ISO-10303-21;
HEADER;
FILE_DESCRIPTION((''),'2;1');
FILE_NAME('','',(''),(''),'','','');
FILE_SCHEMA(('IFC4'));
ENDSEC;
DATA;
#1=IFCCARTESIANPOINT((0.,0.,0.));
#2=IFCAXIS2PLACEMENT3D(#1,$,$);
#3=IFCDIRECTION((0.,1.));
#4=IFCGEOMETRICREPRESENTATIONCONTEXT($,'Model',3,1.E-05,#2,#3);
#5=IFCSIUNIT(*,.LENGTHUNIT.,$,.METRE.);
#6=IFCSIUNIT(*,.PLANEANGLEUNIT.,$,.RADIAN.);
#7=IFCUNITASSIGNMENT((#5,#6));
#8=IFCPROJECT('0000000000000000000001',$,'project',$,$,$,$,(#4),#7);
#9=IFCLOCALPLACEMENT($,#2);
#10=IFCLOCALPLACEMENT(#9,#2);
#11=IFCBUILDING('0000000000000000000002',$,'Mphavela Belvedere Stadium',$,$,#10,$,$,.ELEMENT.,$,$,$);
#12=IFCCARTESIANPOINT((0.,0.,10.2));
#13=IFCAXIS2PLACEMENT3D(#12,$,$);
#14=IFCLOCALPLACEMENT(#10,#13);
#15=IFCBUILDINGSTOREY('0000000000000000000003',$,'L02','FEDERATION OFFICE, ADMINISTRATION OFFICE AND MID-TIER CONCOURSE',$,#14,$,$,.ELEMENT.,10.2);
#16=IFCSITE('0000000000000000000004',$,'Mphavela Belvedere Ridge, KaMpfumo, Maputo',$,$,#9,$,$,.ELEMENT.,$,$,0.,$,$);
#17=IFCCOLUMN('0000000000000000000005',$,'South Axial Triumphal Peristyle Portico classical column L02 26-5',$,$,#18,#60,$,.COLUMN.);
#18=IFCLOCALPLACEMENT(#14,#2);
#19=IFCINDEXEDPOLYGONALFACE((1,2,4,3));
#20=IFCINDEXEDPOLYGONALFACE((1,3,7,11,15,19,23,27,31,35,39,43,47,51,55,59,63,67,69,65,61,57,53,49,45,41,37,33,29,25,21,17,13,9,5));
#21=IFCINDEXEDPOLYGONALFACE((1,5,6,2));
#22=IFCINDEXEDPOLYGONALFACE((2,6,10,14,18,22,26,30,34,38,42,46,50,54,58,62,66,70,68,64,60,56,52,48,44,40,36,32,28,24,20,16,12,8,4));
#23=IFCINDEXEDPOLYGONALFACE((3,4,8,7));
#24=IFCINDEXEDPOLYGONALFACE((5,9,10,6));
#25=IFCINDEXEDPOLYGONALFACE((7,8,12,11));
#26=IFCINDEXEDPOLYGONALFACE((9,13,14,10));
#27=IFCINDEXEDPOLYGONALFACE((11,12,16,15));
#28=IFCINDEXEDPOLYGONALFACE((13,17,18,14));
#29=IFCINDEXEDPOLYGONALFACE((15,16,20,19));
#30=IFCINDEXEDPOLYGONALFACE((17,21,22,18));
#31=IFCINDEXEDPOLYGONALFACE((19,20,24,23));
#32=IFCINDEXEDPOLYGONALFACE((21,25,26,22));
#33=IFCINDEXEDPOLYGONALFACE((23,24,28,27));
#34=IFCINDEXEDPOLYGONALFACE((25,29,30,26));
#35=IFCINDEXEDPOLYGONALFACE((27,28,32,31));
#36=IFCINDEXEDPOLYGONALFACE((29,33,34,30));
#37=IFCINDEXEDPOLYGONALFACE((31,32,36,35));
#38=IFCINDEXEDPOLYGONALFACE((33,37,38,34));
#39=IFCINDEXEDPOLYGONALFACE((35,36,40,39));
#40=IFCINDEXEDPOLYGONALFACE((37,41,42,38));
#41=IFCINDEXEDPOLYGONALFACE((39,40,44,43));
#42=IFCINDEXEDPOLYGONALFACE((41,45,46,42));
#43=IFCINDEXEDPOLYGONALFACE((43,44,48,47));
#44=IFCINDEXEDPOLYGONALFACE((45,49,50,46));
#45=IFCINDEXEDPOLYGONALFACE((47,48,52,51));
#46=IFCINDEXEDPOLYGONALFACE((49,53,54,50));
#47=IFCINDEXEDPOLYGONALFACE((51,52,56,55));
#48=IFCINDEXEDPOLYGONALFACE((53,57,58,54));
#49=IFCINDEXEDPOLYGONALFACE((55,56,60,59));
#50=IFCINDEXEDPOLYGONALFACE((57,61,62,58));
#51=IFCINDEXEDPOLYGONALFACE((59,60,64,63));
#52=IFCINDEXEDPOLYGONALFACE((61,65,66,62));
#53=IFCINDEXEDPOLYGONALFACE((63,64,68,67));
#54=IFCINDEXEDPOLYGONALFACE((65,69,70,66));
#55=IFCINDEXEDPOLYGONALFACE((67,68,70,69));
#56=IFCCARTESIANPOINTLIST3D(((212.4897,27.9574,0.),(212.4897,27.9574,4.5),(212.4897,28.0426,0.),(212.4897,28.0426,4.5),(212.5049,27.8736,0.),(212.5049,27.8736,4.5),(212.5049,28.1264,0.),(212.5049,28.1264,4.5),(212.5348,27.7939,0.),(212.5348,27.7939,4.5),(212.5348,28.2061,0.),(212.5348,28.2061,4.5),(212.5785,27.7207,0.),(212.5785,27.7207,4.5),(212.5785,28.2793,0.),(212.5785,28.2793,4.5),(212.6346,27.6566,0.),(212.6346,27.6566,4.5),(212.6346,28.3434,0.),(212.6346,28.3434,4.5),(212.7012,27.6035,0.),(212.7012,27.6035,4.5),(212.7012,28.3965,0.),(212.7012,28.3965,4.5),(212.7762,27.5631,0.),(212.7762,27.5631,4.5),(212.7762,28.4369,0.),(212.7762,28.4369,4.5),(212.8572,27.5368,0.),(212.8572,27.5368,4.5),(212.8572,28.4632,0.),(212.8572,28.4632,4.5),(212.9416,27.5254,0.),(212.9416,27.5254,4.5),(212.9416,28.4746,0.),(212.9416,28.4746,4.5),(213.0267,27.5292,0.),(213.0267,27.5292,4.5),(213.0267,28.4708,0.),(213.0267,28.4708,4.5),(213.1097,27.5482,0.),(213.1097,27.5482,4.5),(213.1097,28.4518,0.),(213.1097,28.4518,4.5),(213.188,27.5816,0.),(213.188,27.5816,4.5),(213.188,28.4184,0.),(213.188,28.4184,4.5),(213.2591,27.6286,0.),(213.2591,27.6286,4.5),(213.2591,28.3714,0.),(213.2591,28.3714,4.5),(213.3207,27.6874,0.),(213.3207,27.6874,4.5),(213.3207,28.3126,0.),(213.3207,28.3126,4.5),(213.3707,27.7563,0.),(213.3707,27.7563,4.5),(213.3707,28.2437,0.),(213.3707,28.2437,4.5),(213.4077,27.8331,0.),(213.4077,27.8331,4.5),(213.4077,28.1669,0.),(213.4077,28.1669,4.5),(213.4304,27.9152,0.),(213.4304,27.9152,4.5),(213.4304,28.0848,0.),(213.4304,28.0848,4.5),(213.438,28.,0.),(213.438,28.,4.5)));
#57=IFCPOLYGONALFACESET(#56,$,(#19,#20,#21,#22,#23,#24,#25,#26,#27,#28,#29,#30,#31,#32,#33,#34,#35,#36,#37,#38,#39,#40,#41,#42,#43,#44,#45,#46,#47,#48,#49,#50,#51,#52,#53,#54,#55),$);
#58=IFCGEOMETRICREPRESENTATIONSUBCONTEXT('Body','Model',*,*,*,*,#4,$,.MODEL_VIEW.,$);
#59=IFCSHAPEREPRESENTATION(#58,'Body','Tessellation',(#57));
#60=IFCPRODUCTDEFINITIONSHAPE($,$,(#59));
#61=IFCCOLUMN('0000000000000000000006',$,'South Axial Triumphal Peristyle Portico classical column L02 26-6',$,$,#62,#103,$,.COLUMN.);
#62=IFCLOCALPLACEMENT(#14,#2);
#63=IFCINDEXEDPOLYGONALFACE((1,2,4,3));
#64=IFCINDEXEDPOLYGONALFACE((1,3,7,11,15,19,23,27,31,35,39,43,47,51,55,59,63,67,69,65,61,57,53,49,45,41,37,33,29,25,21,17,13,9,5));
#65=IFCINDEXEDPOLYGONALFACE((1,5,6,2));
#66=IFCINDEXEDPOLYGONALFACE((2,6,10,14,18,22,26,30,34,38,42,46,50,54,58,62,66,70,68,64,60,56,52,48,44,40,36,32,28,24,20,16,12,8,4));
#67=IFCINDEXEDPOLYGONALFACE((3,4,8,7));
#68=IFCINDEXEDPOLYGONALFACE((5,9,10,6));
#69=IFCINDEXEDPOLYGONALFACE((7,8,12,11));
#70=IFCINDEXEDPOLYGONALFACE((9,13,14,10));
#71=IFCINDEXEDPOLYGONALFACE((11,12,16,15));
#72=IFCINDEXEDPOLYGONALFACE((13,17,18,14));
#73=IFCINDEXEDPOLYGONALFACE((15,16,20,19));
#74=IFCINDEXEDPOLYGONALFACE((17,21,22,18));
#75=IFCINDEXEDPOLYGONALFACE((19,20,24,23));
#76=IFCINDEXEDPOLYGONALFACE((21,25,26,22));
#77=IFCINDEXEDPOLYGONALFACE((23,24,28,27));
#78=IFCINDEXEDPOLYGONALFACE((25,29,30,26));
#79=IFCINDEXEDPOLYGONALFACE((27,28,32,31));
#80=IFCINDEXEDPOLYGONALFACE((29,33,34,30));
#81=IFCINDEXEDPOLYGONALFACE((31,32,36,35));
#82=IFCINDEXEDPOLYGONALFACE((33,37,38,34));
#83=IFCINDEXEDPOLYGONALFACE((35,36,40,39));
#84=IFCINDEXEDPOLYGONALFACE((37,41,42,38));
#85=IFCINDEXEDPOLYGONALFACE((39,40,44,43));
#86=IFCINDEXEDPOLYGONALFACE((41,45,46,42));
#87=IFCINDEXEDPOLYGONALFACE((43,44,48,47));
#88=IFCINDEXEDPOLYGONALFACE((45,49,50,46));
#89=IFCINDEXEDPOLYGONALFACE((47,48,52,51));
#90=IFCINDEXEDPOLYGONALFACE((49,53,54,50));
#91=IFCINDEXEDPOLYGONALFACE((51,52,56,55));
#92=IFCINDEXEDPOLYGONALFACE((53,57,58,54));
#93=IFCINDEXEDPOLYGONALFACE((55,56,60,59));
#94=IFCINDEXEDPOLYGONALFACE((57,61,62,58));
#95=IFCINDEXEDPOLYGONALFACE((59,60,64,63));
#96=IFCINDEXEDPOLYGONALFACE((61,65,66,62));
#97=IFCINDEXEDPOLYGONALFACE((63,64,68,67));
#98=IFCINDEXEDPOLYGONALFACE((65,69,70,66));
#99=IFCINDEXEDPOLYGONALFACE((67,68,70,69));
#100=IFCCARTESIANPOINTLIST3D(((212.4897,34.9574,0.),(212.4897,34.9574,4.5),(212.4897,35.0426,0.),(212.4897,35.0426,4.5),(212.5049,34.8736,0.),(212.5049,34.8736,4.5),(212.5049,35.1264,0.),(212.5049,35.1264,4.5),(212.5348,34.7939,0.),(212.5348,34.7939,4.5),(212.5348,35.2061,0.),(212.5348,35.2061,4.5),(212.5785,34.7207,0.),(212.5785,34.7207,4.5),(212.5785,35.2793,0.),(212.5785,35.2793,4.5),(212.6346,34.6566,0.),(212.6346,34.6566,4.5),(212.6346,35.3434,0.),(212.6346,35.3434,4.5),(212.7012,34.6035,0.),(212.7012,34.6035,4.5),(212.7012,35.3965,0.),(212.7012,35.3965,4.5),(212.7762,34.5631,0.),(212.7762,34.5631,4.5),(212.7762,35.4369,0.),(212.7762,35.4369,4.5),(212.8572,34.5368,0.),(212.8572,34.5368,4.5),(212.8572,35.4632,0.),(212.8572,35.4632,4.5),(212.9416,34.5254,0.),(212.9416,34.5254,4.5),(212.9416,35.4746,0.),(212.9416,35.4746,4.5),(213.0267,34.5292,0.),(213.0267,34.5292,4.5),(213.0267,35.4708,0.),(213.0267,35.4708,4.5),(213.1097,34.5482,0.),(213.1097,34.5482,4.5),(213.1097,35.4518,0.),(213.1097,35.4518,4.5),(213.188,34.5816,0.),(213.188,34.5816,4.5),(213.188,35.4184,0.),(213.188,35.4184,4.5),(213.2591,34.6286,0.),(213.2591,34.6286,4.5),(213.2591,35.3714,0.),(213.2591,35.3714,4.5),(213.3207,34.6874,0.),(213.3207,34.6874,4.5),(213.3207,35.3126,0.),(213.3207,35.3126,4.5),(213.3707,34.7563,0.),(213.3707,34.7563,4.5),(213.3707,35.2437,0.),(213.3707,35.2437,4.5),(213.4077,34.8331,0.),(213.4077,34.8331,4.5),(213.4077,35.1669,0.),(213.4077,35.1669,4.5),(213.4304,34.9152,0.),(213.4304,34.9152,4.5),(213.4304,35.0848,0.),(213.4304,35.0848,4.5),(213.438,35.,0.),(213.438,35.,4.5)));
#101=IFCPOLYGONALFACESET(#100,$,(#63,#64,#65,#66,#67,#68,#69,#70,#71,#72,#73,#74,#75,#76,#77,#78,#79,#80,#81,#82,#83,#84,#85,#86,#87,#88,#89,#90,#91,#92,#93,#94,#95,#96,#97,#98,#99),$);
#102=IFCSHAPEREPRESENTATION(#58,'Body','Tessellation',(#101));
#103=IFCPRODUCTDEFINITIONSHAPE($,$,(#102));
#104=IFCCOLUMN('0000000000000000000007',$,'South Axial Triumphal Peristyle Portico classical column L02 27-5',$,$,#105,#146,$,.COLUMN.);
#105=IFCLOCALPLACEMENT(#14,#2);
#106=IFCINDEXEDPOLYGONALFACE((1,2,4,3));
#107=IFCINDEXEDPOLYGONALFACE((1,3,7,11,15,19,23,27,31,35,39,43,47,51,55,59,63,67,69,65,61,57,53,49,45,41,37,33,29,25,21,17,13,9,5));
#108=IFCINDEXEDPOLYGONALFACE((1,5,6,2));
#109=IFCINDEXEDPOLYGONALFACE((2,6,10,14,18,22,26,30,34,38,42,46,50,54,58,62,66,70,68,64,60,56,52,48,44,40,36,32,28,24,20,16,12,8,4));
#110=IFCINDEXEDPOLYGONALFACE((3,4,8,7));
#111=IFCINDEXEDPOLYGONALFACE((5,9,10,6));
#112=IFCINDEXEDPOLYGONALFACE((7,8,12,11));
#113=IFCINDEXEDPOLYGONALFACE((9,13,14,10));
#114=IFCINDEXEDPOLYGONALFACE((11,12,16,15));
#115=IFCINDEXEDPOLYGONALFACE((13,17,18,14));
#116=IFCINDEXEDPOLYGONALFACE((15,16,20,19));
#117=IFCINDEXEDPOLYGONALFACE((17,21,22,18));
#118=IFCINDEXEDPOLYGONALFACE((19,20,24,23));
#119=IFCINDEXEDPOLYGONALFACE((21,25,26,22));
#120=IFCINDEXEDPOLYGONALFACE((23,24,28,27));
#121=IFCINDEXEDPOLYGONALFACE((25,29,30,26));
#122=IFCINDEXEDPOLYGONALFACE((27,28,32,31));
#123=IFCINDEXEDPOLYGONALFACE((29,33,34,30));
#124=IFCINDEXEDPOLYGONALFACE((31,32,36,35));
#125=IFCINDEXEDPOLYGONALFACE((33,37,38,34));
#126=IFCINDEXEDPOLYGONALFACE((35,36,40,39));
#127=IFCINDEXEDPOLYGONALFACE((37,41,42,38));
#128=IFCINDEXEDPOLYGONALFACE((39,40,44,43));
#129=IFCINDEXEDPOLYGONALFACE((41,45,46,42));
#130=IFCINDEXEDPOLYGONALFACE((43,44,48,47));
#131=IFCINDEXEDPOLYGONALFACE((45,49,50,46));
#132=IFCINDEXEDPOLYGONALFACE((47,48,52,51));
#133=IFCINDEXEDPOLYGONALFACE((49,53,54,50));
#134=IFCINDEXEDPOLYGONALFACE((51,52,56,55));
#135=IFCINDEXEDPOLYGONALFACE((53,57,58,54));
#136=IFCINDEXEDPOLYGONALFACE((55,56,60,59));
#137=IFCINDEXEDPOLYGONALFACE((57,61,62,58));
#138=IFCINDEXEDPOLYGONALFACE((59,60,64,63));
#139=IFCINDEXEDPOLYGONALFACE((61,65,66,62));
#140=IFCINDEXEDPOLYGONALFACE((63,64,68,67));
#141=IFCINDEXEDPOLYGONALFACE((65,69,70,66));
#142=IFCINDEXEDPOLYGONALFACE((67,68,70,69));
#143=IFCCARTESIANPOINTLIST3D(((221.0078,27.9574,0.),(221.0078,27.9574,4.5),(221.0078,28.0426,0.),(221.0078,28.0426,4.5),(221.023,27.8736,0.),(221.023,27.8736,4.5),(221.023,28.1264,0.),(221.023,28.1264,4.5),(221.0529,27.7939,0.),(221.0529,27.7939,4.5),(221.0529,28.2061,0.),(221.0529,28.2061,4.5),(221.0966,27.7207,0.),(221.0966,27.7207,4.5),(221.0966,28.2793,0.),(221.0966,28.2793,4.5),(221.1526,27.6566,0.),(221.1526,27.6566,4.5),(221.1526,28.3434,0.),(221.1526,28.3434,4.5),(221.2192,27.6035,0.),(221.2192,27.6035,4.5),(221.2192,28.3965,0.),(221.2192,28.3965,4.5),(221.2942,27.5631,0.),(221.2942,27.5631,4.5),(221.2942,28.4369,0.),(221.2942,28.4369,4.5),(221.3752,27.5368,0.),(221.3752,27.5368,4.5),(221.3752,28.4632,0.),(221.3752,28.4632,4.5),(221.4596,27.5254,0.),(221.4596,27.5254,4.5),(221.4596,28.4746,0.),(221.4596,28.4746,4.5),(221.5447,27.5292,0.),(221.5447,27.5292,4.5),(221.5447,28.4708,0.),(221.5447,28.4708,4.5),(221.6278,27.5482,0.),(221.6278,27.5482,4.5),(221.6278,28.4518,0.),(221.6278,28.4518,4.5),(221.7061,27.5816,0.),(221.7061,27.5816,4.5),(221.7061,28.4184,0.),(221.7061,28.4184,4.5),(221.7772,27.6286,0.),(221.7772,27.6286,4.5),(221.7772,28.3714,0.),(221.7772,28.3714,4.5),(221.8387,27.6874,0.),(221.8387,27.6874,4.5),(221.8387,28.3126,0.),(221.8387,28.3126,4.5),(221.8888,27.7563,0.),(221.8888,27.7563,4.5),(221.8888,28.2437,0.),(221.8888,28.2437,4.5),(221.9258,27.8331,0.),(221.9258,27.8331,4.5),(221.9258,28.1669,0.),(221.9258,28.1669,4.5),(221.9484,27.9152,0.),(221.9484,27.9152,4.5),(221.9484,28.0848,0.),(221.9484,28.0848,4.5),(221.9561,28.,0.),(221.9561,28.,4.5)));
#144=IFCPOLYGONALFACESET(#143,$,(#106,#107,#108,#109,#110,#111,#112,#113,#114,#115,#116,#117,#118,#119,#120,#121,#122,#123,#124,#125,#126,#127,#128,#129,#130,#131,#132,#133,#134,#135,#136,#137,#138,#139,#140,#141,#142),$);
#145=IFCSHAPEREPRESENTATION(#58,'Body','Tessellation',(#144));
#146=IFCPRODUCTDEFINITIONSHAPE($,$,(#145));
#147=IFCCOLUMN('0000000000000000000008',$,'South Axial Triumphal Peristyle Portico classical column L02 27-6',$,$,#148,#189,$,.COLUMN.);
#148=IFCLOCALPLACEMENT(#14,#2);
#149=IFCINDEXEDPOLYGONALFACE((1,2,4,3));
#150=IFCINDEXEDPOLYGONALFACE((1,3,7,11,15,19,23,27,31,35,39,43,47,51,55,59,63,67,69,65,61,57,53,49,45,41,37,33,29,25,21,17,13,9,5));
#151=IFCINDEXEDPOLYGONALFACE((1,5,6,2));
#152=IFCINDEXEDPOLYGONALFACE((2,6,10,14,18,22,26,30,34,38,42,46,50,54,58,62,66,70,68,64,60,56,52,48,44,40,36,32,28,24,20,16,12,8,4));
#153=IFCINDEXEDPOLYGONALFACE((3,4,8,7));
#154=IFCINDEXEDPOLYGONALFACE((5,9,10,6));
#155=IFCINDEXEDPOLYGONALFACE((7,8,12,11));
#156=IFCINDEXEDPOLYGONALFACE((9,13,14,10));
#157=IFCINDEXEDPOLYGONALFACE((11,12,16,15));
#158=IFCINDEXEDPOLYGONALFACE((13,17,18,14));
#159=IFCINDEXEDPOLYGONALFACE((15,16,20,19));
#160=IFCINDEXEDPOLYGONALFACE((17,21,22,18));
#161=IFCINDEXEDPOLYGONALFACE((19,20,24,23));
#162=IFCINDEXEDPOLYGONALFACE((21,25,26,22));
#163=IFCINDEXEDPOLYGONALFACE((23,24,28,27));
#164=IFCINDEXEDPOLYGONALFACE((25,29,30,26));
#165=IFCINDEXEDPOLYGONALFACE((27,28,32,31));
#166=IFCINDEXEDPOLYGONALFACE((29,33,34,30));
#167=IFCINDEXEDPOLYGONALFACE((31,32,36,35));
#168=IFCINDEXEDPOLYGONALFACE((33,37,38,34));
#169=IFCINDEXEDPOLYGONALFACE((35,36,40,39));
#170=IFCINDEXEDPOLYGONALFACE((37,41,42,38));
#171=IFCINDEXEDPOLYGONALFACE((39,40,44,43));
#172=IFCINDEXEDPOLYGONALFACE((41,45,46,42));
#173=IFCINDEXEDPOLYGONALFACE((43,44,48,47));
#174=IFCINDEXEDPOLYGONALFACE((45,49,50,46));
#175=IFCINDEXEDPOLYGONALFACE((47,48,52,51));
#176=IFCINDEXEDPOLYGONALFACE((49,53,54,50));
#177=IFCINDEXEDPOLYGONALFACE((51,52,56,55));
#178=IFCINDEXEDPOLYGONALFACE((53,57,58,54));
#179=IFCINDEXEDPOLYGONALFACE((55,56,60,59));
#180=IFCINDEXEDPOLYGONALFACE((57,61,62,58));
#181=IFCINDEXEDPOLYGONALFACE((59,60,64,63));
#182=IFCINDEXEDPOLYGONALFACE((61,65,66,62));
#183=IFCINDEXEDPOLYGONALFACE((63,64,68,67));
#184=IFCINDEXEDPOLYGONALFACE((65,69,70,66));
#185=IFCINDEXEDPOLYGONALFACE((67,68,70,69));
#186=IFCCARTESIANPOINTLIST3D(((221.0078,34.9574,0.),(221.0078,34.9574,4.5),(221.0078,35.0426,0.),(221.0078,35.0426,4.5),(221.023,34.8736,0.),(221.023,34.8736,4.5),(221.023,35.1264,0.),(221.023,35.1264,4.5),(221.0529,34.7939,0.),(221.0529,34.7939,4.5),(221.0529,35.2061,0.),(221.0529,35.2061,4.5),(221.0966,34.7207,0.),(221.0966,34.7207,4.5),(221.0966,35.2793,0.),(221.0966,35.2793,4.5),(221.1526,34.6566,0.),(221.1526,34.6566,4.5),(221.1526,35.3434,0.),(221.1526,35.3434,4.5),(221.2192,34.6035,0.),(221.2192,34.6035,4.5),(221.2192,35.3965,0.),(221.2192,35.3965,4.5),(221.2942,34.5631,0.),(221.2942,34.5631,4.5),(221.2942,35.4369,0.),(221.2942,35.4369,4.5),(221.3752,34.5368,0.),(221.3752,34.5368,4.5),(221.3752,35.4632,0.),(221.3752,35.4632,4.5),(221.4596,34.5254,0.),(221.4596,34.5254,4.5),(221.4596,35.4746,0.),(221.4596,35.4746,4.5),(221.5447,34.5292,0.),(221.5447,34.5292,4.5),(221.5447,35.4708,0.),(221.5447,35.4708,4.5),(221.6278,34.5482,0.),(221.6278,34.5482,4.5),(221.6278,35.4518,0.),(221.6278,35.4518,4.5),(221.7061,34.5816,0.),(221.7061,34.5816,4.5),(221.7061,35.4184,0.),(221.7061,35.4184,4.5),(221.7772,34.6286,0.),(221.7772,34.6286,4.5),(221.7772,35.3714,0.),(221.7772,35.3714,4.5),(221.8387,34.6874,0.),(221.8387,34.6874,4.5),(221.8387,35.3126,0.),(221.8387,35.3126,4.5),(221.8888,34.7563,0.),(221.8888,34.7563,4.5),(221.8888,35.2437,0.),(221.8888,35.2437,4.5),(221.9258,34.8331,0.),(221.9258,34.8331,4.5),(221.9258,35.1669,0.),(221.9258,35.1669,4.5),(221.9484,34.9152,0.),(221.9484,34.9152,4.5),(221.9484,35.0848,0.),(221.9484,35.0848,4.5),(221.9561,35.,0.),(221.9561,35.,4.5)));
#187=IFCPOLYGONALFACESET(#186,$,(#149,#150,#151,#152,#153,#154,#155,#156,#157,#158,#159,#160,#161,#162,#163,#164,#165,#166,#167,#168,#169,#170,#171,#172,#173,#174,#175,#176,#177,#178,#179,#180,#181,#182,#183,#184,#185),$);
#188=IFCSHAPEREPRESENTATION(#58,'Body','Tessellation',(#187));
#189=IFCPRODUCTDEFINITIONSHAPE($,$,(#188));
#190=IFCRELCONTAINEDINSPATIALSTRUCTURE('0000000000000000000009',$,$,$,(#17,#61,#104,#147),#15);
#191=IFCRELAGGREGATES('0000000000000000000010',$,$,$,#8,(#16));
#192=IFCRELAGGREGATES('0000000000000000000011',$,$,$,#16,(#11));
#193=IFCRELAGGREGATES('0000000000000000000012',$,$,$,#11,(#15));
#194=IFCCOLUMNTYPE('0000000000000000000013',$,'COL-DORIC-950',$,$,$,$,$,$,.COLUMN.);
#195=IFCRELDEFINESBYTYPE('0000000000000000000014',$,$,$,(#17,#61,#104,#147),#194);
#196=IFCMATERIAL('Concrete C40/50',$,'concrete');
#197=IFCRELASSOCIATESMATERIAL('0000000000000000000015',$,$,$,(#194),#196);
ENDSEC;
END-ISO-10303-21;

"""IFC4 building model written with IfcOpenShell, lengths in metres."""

from ifc_helpers import new_model, si_unit, direction, frame, origin, origin_2d, place, context, subcontext, project, spatial, circle, extrude, material, material_profile, profile_set, type_object, element, save


model = new_model("IFC4")

# Units and contexts
model_context = context("Model", 3, precision=1e-05, world=origin(), true_north=direction((0.0, 1.0)))
body_context = subcontext(model_context, "Body", "Model", "MODEL_VIEW")
ifc_project = project(units=[si_unit("LENGTHUNIT", "METRE"), si_unit("PLANEANGLEUNIT", "RADIAN")], contexts=[model_context])

# Site, building, storey
site_placement = place(None, origin())
site = spatial("IfcSite", under=ifc_project, at=site_placement, Name="Mphavela Belvedere Ridge, KaMpfumo, Maputo", CompositionType="ELEMENT", RefElevation=0.0)
building_placement = place(site_placement, origin())
building = spatial("IfcBuilding", under=site, at=building_placement, Name="Mphavela Belvedere Stadium", CompositionType="ELEMENT")
storey_placement = place(building_placement, frame((0.0, 0.0, 10.2)))
storey = spatial("IfcBuildingStorey", under=building, at=storey_placement, Name="L02", Description="FEDERATION OFFICE, ADMINISTRATION OFFICE AND MID-TIER CONCOURSE", CompositionType="ELEMENT", Elevation=10.2)

# Columns
ifc_material_1 = material(Name="Concrete C40/50", Category="concrete")
ifc_material_profile_1 = material_profile(ifc_material_1, circle(Radius=0.4751, at=origin_2d()), Name="COL D950")
ifc_profile_set_1 = profile_set([ifc_material_profile_1], Name="Concrete C40/50")
column_type = type_object("IfcColumnType", Name="COL-DORIC-950", PredefinedType="COLUMN", material=ifc_profile_set_1)
for number, where, z_axis, x_axis, name in (
    (1, (212.9629, 28.0, 0.0), (0.0, 0.0, 1.0), (1.0, 0.0, 0.0), "South Axial Triumphal Peristyle Portico classical column L02 26-5"),
    (2, (212.9629, 35.0, 0.0), (0.0, 0.0, 1.0), (1.0, 0.0, 0.0), "South Axial Triumphal Peristyle Portico classical column L02 26-6"),
    (3, (221.481, 28.0, 0.0), (0.0, 0.0, 1.0), (1.0, 0.0, 0.0), "South Axial Triumphal Peristyle Portico classical column L02 27-5"),
    (4, (221.481, 35.0, 0.0), (0.0, 0.0, 1.0), (1.0, 0.0, 0.0), "South Axial Triumphal Peristyle Portico classical column L02 27-6"),
):
    element("IfcColumn", number, at=place(storey_placement, frame(where, z_axis=z_axis, x_axis=x_axis)), inside=storey, type_object=column_type, Name=name, PredefinedType="COLUMN", context=body_context, shape_type="SweptSolid", body=[
        extrude(circle(Radius=0.4751, at=origin_2d()), origin(), (0.0, 0.0, 1.0), 4.5),
    ])

save(model, "model.ifc")
